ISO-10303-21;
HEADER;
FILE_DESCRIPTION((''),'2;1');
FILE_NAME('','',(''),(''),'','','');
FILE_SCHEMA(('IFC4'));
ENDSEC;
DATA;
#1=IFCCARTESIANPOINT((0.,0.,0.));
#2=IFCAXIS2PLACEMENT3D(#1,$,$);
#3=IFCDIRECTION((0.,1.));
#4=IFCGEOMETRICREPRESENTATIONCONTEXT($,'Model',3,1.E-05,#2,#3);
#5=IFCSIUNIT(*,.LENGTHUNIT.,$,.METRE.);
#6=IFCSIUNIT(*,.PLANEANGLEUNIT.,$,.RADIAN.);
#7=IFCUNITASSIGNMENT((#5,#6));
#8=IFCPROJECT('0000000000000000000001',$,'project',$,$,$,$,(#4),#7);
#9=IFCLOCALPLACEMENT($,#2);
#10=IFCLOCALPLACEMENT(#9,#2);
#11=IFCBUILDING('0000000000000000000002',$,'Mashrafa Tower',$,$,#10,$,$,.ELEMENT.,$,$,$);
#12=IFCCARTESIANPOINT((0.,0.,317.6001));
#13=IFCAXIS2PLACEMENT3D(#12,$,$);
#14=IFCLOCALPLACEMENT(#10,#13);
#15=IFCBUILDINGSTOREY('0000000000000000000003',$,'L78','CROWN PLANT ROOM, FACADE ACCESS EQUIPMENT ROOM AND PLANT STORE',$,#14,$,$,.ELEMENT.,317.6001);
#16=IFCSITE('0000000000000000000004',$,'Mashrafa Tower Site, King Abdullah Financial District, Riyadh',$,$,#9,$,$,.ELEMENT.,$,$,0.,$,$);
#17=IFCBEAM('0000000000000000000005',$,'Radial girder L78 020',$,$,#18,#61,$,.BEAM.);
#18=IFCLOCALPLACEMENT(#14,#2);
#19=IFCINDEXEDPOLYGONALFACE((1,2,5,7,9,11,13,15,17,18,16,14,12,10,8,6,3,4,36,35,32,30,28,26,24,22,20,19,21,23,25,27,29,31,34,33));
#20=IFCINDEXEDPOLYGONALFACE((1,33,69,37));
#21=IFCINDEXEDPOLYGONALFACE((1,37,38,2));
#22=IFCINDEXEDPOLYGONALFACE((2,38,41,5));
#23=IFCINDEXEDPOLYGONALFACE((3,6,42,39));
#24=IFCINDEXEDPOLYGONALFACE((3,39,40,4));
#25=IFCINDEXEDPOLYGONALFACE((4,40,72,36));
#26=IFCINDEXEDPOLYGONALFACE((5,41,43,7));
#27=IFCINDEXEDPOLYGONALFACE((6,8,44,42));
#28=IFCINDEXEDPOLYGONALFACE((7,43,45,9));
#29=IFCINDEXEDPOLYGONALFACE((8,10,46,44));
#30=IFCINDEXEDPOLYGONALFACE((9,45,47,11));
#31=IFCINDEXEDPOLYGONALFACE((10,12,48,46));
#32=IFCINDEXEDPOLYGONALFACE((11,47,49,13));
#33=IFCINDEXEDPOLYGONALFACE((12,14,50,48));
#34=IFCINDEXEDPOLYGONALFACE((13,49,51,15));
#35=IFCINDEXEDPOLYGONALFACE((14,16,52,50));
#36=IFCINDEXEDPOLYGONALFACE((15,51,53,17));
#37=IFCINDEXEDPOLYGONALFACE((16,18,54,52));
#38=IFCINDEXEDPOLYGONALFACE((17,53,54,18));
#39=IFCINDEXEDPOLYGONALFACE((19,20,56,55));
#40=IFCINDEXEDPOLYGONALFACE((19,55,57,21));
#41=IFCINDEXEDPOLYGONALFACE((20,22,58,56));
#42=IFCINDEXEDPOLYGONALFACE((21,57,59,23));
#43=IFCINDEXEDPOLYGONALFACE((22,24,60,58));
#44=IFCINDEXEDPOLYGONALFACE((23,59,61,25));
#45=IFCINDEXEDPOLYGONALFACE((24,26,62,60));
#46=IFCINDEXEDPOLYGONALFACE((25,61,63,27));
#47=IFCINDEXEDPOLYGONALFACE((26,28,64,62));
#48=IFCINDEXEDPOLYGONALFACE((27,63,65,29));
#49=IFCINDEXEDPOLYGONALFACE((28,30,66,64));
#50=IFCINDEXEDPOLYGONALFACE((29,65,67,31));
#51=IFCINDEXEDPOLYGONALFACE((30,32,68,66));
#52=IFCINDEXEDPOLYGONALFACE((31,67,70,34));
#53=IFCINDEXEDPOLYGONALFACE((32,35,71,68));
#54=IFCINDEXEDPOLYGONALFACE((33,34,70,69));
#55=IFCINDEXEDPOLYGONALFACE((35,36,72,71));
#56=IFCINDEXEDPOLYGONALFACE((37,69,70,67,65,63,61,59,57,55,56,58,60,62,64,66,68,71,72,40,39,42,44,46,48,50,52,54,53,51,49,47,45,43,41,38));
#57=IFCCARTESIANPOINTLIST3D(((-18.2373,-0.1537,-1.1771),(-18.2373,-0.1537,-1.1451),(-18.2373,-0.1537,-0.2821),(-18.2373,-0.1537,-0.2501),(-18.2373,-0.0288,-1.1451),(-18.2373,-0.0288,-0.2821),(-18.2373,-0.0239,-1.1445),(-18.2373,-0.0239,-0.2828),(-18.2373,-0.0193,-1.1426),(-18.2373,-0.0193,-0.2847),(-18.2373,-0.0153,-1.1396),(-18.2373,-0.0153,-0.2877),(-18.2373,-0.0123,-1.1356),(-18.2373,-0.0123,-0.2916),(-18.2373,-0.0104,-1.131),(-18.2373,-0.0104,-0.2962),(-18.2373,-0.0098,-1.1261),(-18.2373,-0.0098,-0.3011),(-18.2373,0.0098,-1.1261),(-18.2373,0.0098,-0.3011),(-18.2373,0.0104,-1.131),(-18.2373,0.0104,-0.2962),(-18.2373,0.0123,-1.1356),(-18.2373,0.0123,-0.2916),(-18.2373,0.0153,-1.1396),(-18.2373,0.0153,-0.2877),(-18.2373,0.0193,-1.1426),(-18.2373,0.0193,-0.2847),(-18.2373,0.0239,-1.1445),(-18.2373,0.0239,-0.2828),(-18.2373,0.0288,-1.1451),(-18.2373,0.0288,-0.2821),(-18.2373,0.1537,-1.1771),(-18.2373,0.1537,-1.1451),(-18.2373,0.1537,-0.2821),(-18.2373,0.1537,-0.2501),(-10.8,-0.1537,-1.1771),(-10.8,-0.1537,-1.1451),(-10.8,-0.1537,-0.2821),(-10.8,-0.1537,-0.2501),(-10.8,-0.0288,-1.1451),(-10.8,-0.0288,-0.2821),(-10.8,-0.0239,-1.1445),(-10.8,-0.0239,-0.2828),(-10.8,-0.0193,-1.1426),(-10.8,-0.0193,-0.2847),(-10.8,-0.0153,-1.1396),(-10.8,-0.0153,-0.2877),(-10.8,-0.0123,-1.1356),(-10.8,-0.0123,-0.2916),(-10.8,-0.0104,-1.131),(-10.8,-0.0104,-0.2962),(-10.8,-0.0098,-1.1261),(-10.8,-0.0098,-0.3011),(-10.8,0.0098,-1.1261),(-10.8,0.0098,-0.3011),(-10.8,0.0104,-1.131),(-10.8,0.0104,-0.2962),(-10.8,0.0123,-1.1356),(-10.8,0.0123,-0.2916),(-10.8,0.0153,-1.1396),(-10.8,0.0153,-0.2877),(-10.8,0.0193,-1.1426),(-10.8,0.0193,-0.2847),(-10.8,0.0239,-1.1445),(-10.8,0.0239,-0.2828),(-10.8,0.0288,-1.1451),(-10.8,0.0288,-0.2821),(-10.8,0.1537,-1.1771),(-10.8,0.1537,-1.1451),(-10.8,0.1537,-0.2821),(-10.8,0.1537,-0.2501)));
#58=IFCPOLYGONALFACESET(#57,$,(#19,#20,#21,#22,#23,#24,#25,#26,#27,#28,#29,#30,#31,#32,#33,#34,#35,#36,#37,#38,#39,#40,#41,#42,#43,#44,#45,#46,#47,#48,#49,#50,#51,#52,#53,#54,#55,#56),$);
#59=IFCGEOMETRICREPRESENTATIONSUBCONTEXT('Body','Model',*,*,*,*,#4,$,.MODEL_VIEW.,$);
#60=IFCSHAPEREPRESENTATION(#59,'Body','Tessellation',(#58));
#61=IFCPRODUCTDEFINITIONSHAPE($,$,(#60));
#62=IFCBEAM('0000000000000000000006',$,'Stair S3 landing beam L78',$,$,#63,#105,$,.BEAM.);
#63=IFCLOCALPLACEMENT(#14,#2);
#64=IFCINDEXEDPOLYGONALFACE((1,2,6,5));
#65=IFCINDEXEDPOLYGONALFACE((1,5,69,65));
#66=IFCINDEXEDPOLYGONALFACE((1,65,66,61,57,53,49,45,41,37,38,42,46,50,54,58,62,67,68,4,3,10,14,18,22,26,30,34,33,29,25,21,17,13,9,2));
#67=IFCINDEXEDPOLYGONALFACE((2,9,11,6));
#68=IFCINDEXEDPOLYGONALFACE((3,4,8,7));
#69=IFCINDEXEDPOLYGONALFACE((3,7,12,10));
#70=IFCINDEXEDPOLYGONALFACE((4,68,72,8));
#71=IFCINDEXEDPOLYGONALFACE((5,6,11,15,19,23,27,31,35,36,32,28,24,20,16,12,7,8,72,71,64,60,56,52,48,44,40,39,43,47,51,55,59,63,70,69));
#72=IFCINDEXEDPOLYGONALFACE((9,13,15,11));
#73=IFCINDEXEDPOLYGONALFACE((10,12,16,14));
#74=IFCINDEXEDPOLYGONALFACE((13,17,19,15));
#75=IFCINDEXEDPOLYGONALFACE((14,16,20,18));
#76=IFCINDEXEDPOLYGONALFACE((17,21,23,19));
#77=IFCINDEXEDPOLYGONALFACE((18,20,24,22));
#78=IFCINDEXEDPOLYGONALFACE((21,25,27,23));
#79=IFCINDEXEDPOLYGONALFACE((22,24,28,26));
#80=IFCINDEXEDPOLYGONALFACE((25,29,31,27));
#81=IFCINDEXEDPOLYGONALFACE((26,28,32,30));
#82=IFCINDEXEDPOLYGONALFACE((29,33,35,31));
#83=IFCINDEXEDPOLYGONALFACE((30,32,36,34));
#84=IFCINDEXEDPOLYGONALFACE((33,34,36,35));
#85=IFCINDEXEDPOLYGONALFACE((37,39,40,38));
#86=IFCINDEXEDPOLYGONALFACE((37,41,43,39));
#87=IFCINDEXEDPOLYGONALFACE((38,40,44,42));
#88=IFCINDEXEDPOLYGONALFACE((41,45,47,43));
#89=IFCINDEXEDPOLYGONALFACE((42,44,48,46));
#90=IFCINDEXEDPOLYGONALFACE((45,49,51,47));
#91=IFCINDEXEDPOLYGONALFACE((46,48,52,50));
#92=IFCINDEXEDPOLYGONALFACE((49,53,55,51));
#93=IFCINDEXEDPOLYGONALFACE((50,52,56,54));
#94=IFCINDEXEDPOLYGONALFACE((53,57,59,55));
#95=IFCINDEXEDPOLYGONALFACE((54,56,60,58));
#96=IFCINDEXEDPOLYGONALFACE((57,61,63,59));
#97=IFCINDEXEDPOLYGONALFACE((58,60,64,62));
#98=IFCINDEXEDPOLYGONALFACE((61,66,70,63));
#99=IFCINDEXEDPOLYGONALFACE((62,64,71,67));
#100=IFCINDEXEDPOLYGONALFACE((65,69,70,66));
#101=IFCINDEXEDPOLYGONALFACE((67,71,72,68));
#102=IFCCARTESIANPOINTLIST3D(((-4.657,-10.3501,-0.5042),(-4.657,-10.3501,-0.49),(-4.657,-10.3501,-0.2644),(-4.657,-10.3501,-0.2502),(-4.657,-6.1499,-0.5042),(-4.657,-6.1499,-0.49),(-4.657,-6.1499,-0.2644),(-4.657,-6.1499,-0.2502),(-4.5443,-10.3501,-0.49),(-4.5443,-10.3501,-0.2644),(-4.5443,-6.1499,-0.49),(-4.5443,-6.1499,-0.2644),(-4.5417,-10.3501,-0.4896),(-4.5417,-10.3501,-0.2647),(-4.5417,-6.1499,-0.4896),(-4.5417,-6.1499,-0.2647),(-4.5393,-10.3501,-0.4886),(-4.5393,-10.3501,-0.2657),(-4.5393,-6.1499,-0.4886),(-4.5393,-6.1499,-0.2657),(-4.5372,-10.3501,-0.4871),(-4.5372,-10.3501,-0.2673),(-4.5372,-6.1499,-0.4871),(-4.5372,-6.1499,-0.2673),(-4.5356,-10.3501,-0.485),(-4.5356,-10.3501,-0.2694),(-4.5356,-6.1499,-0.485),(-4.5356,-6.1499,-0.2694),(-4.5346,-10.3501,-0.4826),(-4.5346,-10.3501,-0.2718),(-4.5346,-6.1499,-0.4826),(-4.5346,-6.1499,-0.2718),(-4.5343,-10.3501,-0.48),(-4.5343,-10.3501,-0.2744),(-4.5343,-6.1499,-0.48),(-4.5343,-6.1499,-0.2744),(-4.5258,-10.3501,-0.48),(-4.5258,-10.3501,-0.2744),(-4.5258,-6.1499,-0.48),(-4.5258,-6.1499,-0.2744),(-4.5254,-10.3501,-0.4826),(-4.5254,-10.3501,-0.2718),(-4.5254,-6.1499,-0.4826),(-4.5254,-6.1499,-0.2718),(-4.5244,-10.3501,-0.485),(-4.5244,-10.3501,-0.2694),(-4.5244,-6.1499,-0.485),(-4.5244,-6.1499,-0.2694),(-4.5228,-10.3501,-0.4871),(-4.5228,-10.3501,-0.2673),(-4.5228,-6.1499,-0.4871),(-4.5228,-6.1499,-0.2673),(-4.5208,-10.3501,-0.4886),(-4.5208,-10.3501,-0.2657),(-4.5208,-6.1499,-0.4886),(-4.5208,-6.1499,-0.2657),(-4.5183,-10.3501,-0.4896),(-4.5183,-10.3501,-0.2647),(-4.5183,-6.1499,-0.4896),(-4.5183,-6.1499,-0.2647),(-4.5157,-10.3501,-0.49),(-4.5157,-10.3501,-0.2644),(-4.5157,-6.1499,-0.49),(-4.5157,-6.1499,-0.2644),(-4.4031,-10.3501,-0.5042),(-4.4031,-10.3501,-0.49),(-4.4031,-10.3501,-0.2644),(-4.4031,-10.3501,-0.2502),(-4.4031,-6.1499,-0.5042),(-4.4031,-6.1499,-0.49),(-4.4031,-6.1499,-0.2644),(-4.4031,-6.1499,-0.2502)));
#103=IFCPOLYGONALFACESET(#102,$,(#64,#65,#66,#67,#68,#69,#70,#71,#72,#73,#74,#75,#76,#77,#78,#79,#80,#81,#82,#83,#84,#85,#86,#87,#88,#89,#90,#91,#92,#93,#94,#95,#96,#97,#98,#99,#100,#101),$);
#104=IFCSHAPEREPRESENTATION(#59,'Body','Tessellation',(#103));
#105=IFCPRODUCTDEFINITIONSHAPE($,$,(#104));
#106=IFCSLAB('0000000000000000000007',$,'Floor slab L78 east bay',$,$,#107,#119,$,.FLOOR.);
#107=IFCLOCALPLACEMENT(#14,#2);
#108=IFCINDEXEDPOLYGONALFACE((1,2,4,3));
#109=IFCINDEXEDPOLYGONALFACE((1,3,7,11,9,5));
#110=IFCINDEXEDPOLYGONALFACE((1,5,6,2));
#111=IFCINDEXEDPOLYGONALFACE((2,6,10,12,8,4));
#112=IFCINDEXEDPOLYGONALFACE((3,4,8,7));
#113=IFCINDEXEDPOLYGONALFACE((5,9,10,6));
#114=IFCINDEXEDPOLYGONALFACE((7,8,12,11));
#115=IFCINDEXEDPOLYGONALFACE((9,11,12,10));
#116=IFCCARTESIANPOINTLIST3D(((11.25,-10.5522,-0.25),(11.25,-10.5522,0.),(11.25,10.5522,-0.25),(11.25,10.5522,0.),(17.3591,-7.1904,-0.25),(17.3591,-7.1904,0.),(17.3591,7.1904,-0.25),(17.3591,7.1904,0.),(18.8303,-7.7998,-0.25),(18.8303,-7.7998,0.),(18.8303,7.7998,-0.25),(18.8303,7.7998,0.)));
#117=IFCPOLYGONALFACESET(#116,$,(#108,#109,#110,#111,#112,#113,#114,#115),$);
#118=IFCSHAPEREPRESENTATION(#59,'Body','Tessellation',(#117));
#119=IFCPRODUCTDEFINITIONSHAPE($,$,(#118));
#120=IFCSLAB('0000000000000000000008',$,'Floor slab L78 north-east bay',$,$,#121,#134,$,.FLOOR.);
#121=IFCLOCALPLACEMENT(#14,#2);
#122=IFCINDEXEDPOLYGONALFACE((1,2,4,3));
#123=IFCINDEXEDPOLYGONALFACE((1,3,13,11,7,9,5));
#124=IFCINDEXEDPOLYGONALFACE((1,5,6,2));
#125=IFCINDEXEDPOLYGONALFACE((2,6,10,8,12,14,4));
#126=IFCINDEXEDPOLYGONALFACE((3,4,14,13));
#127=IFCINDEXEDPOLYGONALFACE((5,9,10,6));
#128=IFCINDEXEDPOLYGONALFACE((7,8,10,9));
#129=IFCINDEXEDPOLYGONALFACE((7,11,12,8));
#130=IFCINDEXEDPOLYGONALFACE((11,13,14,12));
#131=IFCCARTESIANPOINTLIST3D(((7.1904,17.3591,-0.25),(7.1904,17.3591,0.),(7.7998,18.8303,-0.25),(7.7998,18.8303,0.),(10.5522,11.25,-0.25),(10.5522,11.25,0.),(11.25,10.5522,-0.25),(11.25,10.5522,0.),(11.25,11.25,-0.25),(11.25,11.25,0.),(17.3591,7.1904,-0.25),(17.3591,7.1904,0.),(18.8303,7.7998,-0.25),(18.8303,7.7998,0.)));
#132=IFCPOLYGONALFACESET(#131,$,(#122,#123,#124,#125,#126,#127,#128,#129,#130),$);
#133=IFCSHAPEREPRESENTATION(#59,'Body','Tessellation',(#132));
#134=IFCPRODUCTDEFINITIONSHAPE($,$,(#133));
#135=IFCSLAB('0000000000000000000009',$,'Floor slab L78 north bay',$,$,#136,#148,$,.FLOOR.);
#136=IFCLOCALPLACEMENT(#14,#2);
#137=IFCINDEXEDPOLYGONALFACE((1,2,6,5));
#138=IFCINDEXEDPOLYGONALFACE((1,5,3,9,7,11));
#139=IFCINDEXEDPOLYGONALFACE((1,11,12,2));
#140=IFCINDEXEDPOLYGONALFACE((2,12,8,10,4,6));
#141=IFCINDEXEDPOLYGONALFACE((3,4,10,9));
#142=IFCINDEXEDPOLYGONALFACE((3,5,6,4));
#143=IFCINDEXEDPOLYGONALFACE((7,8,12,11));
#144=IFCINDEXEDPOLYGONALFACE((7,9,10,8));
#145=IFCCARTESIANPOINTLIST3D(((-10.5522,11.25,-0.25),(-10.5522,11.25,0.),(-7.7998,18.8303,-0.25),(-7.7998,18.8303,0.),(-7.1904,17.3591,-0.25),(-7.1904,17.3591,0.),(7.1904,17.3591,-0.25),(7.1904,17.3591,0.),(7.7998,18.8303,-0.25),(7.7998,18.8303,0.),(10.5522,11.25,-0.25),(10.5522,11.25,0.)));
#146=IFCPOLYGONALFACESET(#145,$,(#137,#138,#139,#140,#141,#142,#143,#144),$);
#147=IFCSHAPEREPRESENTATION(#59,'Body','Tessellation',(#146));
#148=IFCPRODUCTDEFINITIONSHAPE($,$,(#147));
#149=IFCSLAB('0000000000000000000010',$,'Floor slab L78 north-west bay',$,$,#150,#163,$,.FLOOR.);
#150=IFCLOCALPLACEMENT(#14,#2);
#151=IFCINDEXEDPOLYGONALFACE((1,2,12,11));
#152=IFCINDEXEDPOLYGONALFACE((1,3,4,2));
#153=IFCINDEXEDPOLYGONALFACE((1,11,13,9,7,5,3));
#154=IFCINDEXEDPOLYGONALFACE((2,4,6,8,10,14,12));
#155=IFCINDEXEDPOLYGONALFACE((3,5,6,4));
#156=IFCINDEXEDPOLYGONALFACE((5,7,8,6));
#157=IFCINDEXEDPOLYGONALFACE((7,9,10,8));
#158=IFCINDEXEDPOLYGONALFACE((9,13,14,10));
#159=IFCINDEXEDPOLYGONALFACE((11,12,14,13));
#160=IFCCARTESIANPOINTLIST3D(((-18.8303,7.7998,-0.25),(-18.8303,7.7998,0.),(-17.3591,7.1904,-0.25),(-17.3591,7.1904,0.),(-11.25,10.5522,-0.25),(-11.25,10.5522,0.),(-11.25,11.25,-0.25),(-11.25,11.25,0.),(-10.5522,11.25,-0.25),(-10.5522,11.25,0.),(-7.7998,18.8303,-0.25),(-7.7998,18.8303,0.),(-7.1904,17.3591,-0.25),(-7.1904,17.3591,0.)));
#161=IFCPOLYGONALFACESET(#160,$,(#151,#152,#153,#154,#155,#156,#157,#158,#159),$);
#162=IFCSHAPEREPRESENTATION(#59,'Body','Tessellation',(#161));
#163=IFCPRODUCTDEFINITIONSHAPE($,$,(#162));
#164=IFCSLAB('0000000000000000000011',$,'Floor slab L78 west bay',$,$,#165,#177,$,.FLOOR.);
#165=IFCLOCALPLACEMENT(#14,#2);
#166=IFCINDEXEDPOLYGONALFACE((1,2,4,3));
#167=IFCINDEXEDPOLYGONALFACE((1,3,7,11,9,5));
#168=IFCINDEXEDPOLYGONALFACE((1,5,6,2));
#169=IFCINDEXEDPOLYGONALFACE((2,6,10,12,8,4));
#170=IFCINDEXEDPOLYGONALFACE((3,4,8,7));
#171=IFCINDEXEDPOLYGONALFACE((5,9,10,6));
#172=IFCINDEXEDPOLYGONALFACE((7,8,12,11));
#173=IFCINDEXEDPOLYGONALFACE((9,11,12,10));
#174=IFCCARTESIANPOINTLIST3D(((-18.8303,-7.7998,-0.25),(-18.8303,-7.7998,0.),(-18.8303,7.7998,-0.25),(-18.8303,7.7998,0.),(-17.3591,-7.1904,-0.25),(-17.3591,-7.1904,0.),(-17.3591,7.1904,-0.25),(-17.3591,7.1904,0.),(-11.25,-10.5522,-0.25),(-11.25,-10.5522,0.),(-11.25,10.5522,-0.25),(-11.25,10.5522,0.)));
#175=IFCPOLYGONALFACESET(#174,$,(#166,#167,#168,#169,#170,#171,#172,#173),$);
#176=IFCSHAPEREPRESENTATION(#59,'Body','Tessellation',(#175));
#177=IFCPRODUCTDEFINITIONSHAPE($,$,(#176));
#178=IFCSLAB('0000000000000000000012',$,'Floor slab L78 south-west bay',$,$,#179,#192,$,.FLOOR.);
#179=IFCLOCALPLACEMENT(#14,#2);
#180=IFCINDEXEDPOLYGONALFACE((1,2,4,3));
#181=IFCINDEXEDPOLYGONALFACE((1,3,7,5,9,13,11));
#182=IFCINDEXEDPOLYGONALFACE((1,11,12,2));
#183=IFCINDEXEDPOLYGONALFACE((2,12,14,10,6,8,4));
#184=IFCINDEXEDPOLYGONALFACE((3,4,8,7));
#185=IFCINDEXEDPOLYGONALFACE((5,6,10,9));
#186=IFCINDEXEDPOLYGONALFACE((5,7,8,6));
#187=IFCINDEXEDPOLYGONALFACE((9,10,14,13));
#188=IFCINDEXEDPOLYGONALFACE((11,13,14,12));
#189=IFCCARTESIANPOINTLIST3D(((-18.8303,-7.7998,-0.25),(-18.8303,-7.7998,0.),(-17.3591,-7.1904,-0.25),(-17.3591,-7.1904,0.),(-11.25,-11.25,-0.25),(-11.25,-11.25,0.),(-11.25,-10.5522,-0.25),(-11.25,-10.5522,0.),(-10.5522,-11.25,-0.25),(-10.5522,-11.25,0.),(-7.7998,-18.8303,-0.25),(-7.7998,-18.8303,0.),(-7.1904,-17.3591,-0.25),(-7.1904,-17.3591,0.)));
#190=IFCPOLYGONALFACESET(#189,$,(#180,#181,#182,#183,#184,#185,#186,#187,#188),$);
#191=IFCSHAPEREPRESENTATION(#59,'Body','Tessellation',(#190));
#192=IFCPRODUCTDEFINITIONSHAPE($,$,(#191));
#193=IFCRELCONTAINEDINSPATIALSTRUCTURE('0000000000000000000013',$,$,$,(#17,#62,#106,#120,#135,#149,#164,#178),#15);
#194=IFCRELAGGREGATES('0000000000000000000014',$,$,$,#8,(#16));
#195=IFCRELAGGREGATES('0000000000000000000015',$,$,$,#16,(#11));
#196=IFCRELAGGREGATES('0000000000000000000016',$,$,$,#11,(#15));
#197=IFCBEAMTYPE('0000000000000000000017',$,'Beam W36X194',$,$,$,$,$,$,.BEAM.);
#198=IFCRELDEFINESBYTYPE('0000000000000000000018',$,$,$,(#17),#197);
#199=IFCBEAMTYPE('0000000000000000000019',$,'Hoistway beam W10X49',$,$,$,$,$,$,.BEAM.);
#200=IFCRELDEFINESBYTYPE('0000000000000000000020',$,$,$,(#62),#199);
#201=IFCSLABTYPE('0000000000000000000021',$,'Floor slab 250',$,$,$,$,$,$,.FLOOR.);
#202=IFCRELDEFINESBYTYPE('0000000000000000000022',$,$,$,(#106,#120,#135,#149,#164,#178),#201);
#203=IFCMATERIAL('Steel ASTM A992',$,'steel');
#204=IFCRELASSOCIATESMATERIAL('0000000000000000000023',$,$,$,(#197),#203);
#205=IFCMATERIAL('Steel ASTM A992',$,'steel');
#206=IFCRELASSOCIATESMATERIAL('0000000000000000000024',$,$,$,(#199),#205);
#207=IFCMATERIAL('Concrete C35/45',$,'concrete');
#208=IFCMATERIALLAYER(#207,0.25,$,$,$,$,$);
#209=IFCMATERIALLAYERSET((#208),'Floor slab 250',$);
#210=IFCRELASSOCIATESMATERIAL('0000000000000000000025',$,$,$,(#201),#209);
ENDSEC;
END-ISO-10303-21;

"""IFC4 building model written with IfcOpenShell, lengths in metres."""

from ifc_helpers import new_model, si_unit, direction, frame, origin, origin_2d, place, context, subcontext, project, spatial, polyline, i_section, outline, extrude, material, layer, layer_set, material_profile, profile_set, type_object, element, save


model = new_model("IFC4")

# Units and contexts
model_context = context("Model", 3, precision=1e-05, world=origin(), true_north=direction((0.0, 1.0)))
body_context = subcontext(model_context, "Body", "Model", "MODEL_VIEW")
ifc_project = project(units=[si_unit("LENGTHUNIT", "METRE"), si_unit("PLANEANGLEUNIT", "RADIAN")], contexts=[model_context])

# Site, building, storey
site_placement = place(None, origin())
site = spatial("IfcSite", under=ifc_project, at=site_placement, Name="Mashrafa Tower Site, King Abdullah Financial District, Riyadh", CompositionType="ELEMENT", RefElevation=0.0)
building_placement = place(site_placement, origin())
building = spatial("IfcBuilding", under=site, at=building_placement, Name="Mashrafa Tower", CompositionType="ELEMENT")
storey_placement = place(building_placement, frame((0.0, 0.0, 317.6001)))
storey = spatial("IfcBuildingStorey", under=building, at=storey_placement, Name="L78", Description="CROWN PLANT ROOM, FACADE ACCESS EQUIPMENT ROOM AND PLANT STORE", CompositionType="ELEMENT", Elevation=317.6001)

# Beams
ifc_material_1 = material(Name="Steel ASTM A992", Category="steel")
ifc_material_profile_1 = material_profile(ifc_material_1, i_section(OverallWidth=0.3074, OverallDepth=0.927, WebThickness=0.0195, FlangeThickness=0.032, FilletRadius=0.019, at=origin_2d()), Name="W36X194")
ifc_profile_set_1 = profile_set([ifc_material_profile_1], Name="Steel ASTM A992")
beam_type_1 = type_object("IfcBeamType", Name="Beam W36X194", PredefinedType="BEAM", material=ifc_profile_set_1)
beam_1_placement = place(storey_placement, frame((-10.8, 0.0, -0.7136), z_axis=(-1.0, 0.0, 0.0), x_axis=(0.0, -1.0, 0.0)))
element("IfcBeam", 1, at=beam_1_placement, inside=storey, type_object=beam_type_1, Name="Radial girder L78 020", PredefinedType="BEAM", context=body_context, shape_type="SweptSolid", body=[
    extrude(i_section(OverallWidth=0.3074, OverallDepth=0.927, WebThickness=0.0195, FlangeThickness=0.032, FilletRadius=0.019, at=origin_2d()), origin(), (0.0, 0.0, 1.0), 7.4373),
])
ifc_material_2 = material(Name="Steel ASTM A992", Category="steel")
ifc_material_profile_2 = material_profile(ifc_material_2, i_section(OverallWidth=0.2539, OverallDepth=0.2539, WebThickness=0.0085, FlangeThickness=0.0142, FilletRadius=0.01, at=origin_2d()), Name="W10X49")
ifc_profile_set_2 = profile_set([ifc_material_profile_2], Name="Steel ASTM A992")
beam_type_2 = type_object("IfcBeamType", Name="Hoistway beam W10X49", PredefinedType="BEAM", material=ifc_profile_set_2)
beam_2_placement = place(storey_placement, frame((-4.53, -10.3501, -0.3772), z_axis=(0.0, 1.0, 0.0), x_axis=(-1.0, 0.0, 0.0)))
element("IfcBeam", 2, at=beam_2_placement, inside=storey, type_object=beam_type_2, Name="Stair S3 landing beam L78", PredefinedType="BEAM", context=body_context, shape_type="SweptSolid", body=[
    extrude(i_section(OverallWidth=0.2539, OverallDepth=0.2539, WebThickness=0.0085, FlangeThickness=0.0142, FilletRadius=0.01, at=origin_2d()), origin(), (0.0, 0.0, 1.0), 4.2002),
])

# Slabs
ifc_material_3 = material(Name="Concrete C35/45", Category="concrete")
ifc_layer_1 = layer(ifc_material_3, 0.25)
ifc_layer_set_1 = layer_set([ifc_layer_1], Name="Floor slab 250")
slab_type = type_object("IfcSlabType", Name="Floor slab 250", PredefinedType="FLOOR", material=ifc_layer_set_1)
slab_1_placement = place(storey_placement, frame((0.0, 0.0, -0.25)))
element("IfcSlab", 3, at=slab_1_placement, inside=storey, type_object=slab_type, Name="Floor slab L78 east bay", PredefinedType="FLOOR", context=body_context, shape_type="SweptSolid", body=[
    extrude(outline(polyline([(18.8303, 7.7998), (18.8303, -7.7998), (18.8303, -7.7998), (17.3591, -7.1904), (11.25, -10.5522), (11.25, 10.5522), (17.3591, 7.1904), (18.8303, 7.7998), (18.8303, 7.7998)])), origin(), (0.0, 0.0, 1.0), 0.25),
])
slab_2_placement = place(storey_placement, frame((0.0, 0.0, -0.25)))
element("IfcSlab", 4, at=slab_2_placement, inside=storey, type_object=slab_type, Name="Floor slab L78 north-east bay", PredefinedType="FLOOR", context=body_context, shape_type="SweptSolid", body=[
    extrude(outline(polyline([(18.8303, 7.7998), (17.3591, 7.1904), (11.25, 10.5522), (11.25, 11.25), (10.5522, 11.25), (7.1904, 17.3591), (7.7998, 18.8303), (18.8303, 7.7998)])), origin(), (0.0, 0.0, 1.0), 0.25),
])
slab_3_placement = place(storey_placement, frame((0.0, 0.0, -0.25)))
element("IfcSlab", 5, at=slab_3_placement, inside=storey, type_object=slab_type, Name="Floor slab L78 north bay", PredefinedType="FLOOR", context=body_context, shape_type="SweptSolid", body=[
    extrude(outline(polyline([(-7.7998, 18.8303), (7.7998, 18.8303), (7.7998, 18.8303), (7.1904, 17.3591), (10.5522, 11.25), (-10.5522, 11.25), (-7.1904, 17.3591), (-7.7998, 18.8303), (-7.7998, 18.8303)])), origin(), (0.0, 0.0, 1.0), 0.25),
])
slab_4_placement = place(storey_placement, frame((0.0, 0.0, -0.25)))
element("IfcSlab", 6, at=slab_4_placement, inside=storey, type_object=slab_type, Name="Floor slab L78 north-west bay", PredefinedType="FLOOR", context=body_context, shape_type="SweptSolid", body=[
    extrude(outline(polyline([(-7.7998, 18.8303), (-7.1904, 17.3591), (-10.5522, 11.25), (-11.25, 11.25), (-11.25, 10.5522), (-17.3591, 7.1904), (-18.8303, 7.7998), (-7.7998, 18.8303)])), origin(), (0.0, 0.0, 1.0), 0.25),
])
slab_5_placement = place(storey_placement, frame((0.0, 0.0, -0.25)))
element("IfcSlab", 7, at=slab_5_placement, inside=storey, type_object=slab_type, Name="Floor slab L78 west bay", PredefinedType="FLOOR", context=body_context, shape_type="SweptSolid", body=[
    extrude(outline(polyline([(-18.8303, -7.7998), (-18.8303, 7.7998), (-18.8303, 7.7998), (-17.3591, 7.1904), (-11.25, 10.5522), (-11.25, -10.5522), (-17.3591, -7.1904), (-18.8303, -7.7998), (-18.8303, -7.7998)])), origin(), (0.0, 0.0, 1.0), 0.25),
])
slab_6_placement = place(storey_placement, frame((0.0, 0.0, -0.25)))
element("IfcSlab", 8, at=slab_6_placement, inside=storey, type_object=slab_type, Name="Floor slab L78 south-west bay", PredefinedType="FLOOR", context=body_context, shape_type="SweptSolid", body=[
    extrude(outline(polyline([(-18.8303, -7.7998), (-17.3591, -7.1904), (-11.25, -10.5522), (-11.25, -11.25), (-10.5522, -11.25), (-7.1904, -17.3591), (-7.7998, -18.8303), (-18.8303, -7.7998)])), origin(), (0.0, 0.0, 1.0), 0.25),
])

save(model, "model.ifc")
